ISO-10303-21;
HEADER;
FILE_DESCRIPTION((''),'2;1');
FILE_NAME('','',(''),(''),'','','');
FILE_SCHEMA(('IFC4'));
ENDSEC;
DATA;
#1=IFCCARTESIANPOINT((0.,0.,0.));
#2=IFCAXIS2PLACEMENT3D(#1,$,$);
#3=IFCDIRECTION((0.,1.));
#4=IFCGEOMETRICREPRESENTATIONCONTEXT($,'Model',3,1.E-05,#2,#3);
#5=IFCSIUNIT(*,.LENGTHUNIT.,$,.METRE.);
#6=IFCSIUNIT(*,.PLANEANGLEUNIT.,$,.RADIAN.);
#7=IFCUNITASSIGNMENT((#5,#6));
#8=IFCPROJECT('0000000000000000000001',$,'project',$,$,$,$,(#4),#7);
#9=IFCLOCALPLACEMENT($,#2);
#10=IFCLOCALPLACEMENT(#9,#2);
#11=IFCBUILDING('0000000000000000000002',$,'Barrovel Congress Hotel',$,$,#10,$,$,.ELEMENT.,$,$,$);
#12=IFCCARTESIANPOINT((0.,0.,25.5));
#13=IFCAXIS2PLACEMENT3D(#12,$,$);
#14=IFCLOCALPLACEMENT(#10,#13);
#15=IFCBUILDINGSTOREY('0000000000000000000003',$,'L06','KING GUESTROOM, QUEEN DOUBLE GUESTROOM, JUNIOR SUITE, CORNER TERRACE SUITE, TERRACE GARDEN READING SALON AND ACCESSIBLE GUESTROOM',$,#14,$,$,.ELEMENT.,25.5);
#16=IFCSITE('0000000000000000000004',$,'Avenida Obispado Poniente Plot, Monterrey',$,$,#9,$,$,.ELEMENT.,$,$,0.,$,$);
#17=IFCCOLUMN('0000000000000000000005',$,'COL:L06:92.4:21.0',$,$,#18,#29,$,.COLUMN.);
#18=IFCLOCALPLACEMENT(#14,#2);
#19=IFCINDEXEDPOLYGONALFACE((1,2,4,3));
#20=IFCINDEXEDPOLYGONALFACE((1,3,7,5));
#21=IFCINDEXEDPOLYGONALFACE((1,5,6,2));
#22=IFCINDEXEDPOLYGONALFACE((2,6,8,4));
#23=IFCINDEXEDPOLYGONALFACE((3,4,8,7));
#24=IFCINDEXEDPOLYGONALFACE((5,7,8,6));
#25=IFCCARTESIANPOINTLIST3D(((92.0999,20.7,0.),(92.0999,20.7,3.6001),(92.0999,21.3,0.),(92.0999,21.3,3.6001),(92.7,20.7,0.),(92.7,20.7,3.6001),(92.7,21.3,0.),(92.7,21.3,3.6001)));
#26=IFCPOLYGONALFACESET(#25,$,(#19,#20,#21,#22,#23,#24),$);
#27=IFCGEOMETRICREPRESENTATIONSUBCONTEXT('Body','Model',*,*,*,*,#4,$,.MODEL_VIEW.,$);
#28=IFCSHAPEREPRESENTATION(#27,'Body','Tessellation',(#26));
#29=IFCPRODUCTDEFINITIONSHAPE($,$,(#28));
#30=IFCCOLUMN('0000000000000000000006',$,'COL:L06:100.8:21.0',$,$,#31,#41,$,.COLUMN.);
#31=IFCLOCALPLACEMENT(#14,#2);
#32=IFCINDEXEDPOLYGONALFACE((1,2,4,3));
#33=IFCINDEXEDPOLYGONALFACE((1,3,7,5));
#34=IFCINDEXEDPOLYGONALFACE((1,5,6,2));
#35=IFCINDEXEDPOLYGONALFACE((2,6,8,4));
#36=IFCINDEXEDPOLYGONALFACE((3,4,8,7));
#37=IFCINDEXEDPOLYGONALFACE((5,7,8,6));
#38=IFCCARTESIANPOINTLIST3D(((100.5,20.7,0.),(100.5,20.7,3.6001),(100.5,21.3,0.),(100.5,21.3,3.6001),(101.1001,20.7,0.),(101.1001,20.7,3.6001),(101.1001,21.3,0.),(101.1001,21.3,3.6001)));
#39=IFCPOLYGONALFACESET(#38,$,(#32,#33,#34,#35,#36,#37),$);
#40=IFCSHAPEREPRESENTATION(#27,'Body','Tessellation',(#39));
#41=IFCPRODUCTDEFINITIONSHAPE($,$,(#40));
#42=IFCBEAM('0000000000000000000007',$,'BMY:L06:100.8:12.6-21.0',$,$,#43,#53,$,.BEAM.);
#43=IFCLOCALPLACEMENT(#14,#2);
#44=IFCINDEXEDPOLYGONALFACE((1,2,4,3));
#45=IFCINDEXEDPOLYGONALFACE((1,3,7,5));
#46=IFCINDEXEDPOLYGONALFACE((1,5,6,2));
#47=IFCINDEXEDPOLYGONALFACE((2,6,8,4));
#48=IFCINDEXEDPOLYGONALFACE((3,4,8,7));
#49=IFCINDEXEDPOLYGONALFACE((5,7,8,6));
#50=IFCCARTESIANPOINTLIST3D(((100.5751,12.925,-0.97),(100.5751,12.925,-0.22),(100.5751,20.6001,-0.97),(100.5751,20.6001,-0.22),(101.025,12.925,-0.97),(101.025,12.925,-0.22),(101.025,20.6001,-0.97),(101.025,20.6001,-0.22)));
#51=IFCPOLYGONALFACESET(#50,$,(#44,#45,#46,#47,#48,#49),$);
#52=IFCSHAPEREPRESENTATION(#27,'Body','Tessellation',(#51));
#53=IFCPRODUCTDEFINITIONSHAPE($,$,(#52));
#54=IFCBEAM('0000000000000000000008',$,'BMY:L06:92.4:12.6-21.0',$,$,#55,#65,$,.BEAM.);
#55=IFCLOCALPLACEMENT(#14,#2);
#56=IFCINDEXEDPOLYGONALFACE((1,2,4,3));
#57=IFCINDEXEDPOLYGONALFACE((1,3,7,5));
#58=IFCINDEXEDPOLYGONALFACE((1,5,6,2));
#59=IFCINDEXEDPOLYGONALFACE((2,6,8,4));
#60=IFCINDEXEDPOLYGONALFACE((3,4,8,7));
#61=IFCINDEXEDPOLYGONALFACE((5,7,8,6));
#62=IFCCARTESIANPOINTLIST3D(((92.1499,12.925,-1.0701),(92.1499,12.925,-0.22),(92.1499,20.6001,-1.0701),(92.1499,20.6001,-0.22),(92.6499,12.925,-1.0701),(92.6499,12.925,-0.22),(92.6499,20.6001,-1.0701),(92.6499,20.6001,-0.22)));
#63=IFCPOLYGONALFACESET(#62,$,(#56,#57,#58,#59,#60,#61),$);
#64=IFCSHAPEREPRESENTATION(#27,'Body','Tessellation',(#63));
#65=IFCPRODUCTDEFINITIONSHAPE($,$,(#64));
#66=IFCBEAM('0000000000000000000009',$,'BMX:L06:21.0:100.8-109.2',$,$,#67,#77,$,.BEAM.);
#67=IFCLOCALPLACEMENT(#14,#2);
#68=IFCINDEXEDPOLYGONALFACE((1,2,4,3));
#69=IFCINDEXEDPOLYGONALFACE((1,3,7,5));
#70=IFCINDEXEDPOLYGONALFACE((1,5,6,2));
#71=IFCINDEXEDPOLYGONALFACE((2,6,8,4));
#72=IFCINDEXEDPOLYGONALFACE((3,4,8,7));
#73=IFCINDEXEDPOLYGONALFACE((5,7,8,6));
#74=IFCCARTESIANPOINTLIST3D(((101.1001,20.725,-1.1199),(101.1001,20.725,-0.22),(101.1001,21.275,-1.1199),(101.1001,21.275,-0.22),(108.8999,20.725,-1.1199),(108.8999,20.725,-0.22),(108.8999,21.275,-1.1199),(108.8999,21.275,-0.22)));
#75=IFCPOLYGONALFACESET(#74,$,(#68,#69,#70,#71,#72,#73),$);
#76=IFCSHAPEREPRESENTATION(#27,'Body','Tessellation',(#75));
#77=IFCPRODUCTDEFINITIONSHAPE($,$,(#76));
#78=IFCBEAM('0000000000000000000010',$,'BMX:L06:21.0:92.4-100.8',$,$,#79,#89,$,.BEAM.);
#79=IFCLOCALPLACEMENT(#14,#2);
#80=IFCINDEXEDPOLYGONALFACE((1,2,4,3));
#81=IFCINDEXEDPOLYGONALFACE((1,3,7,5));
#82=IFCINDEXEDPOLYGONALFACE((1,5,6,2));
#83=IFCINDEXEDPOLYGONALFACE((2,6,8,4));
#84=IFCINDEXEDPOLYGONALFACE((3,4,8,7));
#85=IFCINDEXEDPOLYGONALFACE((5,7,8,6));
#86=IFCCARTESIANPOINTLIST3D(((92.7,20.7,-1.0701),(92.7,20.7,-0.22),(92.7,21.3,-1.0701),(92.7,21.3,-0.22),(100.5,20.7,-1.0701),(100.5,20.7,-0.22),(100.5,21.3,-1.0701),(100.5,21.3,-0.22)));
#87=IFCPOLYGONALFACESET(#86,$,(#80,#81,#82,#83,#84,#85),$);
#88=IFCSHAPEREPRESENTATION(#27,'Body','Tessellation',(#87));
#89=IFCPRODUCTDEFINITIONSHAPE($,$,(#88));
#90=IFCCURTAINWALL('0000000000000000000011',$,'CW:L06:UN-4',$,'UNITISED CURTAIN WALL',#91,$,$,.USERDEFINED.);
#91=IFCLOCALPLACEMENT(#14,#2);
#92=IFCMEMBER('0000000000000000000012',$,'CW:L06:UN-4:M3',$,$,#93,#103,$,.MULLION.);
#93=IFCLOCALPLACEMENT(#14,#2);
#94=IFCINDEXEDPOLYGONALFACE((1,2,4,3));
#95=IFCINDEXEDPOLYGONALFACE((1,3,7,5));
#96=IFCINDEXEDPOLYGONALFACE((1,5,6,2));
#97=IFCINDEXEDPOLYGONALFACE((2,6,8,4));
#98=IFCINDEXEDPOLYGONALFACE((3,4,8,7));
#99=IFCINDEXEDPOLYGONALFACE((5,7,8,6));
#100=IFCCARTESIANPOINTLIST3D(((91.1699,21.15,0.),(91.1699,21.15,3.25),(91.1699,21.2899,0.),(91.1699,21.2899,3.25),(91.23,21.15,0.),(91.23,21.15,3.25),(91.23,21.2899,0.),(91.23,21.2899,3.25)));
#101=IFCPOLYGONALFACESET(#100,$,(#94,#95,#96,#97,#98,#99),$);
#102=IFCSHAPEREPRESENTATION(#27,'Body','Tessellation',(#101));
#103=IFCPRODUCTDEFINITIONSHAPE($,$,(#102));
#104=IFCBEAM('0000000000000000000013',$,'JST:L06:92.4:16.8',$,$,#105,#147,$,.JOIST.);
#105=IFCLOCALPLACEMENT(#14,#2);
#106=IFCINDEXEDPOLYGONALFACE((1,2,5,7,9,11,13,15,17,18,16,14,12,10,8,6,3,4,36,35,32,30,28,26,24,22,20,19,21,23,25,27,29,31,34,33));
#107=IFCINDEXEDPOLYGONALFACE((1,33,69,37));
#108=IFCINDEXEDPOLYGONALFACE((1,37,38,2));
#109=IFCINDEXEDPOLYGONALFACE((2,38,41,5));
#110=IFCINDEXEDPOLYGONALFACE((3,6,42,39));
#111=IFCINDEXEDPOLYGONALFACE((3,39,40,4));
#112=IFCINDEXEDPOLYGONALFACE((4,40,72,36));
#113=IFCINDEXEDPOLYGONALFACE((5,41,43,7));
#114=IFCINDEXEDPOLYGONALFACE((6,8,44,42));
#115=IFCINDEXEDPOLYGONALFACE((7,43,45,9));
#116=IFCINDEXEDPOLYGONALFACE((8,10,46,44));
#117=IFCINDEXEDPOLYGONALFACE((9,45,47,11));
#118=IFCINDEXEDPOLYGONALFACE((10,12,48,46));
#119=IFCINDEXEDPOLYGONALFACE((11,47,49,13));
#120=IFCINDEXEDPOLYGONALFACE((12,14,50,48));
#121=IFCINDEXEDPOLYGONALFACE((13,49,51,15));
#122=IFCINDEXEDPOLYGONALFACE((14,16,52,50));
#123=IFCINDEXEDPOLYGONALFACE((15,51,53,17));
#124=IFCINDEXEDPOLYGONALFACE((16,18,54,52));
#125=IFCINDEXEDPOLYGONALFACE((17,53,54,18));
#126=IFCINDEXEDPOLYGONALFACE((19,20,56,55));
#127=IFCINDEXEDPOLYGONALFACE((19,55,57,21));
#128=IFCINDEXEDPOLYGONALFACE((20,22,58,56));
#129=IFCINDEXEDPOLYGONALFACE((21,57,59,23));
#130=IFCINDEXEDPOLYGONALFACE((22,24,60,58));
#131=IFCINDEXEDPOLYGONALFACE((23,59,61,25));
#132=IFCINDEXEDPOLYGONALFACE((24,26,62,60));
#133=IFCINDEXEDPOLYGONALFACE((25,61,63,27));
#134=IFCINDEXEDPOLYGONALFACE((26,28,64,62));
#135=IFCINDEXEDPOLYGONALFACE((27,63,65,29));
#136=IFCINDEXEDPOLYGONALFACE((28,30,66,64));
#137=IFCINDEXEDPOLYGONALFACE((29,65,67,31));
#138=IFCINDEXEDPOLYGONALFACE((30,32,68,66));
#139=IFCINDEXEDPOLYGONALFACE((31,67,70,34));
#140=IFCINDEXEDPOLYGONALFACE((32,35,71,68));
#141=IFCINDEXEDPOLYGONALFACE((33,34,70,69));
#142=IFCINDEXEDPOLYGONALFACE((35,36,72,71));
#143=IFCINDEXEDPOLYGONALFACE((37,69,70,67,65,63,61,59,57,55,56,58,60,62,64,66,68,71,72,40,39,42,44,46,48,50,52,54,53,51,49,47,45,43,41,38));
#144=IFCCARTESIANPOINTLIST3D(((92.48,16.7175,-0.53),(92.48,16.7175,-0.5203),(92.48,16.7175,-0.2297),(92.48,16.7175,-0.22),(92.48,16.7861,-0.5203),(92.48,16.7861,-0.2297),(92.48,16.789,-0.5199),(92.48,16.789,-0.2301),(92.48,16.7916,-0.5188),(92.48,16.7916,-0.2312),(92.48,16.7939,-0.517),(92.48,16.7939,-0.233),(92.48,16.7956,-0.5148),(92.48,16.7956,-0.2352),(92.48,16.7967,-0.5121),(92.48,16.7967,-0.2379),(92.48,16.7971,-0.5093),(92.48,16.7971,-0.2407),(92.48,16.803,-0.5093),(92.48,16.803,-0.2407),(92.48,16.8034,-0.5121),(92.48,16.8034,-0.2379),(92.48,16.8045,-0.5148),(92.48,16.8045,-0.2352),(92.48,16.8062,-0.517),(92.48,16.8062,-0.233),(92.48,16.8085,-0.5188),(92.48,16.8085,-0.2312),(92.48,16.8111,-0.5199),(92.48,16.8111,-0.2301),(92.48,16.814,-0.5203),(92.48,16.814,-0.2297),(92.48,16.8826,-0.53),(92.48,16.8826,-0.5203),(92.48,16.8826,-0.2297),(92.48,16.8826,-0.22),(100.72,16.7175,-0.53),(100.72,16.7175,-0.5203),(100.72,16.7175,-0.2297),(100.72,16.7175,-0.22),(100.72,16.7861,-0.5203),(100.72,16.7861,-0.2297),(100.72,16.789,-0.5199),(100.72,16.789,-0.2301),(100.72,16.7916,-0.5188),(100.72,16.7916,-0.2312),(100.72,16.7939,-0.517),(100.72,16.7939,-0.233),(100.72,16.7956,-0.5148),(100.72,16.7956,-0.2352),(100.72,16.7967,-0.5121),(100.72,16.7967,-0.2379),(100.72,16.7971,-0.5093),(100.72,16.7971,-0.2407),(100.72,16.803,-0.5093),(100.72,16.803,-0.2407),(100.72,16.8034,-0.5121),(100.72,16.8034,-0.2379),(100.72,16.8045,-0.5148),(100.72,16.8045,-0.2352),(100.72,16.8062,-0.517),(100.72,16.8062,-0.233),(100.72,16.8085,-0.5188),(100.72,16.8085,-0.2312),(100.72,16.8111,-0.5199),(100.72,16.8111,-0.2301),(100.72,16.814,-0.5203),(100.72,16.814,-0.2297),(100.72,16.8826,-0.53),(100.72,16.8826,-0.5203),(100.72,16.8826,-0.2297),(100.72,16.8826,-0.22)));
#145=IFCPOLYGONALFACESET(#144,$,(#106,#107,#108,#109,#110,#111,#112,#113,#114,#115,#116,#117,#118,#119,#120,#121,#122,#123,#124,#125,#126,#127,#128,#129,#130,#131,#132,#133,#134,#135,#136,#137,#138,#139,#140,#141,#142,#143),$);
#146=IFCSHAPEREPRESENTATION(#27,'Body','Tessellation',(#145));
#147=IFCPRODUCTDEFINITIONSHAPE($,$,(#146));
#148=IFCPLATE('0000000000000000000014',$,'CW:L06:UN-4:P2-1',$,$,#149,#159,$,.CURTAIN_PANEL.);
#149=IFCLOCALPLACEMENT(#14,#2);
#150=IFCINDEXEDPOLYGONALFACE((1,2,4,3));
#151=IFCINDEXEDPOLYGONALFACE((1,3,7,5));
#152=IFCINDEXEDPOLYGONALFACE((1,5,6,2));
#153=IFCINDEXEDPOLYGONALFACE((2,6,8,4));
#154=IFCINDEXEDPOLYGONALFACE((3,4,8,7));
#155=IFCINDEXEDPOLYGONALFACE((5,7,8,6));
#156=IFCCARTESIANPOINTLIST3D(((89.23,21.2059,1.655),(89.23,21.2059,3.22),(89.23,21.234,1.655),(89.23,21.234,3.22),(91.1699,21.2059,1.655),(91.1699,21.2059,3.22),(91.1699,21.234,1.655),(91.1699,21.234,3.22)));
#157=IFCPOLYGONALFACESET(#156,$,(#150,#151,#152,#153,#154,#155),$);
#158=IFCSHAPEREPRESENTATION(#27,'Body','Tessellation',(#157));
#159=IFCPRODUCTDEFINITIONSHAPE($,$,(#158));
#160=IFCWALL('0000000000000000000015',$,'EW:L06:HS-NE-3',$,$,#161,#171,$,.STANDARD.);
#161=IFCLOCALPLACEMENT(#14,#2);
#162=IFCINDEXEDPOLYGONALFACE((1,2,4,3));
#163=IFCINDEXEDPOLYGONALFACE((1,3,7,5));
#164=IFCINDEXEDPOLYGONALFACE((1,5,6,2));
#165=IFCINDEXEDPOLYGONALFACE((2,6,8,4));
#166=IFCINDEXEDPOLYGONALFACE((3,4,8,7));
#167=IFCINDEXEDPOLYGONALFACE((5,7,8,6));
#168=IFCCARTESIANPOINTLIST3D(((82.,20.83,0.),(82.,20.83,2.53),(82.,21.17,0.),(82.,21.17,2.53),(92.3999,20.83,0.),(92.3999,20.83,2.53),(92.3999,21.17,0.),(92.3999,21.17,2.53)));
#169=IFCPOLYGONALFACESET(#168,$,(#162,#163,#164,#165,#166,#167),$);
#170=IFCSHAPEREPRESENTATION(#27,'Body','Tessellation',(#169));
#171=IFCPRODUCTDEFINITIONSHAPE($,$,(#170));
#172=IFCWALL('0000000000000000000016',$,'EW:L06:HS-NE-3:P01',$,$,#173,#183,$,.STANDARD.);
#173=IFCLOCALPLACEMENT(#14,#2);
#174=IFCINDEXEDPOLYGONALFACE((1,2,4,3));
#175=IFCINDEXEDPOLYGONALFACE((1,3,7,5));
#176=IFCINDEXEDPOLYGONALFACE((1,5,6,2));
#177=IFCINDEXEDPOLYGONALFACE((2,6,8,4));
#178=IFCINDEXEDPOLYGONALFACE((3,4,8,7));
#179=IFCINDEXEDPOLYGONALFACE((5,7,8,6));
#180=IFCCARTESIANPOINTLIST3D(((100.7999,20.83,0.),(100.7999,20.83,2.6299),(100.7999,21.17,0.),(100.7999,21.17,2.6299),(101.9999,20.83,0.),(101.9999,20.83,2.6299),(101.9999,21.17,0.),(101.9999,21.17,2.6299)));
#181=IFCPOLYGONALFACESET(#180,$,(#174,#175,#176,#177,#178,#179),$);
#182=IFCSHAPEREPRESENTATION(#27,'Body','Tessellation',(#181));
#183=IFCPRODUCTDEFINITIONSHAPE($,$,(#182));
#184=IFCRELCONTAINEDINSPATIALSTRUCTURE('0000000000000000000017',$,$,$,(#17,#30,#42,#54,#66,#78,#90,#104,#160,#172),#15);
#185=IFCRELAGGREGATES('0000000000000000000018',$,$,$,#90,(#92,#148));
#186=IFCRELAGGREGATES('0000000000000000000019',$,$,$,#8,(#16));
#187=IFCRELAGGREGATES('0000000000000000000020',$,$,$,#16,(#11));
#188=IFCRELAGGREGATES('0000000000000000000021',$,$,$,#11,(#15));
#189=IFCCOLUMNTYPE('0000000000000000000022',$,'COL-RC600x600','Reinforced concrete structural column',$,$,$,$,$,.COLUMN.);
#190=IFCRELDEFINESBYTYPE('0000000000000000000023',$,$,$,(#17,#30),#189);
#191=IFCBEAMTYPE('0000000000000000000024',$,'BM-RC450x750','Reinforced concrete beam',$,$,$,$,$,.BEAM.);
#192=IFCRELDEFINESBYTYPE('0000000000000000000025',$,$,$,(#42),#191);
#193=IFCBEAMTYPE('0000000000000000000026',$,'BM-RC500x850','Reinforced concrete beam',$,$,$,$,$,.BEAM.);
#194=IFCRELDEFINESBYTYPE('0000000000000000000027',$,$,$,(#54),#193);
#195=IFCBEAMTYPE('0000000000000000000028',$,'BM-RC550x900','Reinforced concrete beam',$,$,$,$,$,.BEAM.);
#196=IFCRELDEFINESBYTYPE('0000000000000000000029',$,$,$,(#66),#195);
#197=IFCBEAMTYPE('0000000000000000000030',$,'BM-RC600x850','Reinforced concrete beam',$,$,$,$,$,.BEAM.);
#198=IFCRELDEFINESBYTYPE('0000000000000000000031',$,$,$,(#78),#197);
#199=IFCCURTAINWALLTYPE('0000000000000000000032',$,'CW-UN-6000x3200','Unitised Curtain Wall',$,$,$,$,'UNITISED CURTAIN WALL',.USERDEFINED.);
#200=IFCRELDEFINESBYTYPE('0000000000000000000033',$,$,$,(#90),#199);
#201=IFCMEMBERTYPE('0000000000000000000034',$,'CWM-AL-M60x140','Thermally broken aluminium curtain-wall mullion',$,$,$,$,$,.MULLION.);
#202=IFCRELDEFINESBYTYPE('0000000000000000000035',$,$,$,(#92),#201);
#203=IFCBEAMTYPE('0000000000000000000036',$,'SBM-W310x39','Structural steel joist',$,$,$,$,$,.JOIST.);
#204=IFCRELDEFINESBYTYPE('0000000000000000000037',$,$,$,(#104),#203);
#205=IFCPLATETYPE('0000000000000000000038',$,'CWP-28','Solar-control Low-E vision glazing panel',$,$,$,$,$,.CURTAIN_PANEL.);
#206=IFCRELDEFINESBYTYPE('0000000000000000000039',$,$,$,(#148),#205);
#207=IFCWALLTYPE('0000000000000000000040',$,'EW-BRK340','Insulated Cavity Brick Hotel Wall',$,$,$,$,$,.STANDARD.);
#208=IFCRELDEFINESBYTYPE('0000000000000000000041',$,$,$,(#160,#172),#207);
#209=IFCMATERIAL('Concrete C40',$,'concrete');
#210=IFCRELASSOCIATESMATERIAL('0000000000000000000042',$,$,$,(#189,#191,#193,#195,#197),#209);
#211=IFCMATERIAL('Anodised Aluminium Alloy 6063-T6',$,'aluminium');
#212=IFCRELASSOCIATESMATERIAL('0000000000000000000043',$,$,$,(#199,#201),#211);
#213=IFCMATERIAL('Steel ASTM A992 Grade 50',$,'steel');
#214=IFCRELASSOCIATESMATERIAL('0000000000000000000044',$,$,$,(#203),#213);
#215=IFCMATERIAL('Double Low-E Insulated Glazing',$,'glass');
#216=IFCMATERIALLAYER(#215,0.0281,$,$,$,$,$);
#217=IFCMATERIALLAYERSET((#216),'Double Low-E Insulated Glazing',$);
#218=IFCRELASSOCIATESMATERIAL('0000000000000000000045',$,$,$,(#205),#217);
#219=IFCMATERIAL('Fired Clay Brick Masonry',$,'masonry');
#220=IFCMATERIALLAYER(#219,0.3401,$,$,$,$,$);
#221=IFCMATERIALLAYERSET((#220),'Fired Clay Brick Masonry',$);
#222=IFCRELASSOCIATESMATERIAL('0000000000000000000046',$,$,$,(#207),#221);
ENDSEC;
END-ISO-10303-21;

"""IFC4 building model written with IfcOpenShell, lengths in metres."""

from ifc_helpers import new_model, si_unit, direction, frame, frame_2d, origin, origin_2d, place, context, subcontext, project, spatial, rectangle, i_section, extrude, material, layer, layer_set, material_profile, profile_set, type_object, element, aggregate, save


model = new_model("IFC4")

# Units and contexts
model_context = context("Model", 3, precision=1e-05, world=origin(), true_north=direction((0.0, 1.0)))
body_context = subcontext(model_context, "Body", "Model", "MODEL_VIEW")
ifc_project = project(units=[si_unit("LENGTHUNIT", "METRE"), si_unit("PLANEANGLEUNIT", "RADIAN")], contexts=[model_context])

# Site, building, storey
site_placement = place(None, origin())
site = spatial("IfcSite", under=ifc_project, at=site_placement, Name="Avenida Obispado Poniente Plot, Monterrey", CompositionType="ELEMENT", RefElevation=0.0)
building_placement = place(site_placement, origin())
building = spatial("IfcBuilding", under=site, at=building_placement, Name="Barrovel Congress Hotel", CompositionType="ELEMENT")
storey_placement = place(building_placement, frame((0.0, 0.0, 25.5)))
storey = spatial("IfcBuildingStorey", under=building, at=storey_placement, Name="L06", Description="KING GUESTROOM, QUEEN DOUBLE GUESTROOM, JUNIOR SUITE, CORNER TERRACE SUITE, TERRACE GARDEN READING SALON AND ACCESSIBLE GUESTROOM", CompositionType="ELEMENT", Elevation=25.5)

# Columns
ifc_material_1 = material(Name="Concrete C40", Category="concrete")
ifc_material_profile_1 = material_profile(ifc_material_1, rectangle(XDim=0.6001, YDim=0.6001, at=origin_2d()), Name="RC600x600")
ifc_profile_set_1 = profile_set([ifc_material_profile_1], Name="Concrete C40")
column_type = type_object("IfcColumnType", Name="COL-RC600x600", Description="Reinforced concrete structural column", PredefinedType="COLUMN", material=ifc_profile_set_1)
for number, where, z_axis, x_axis, name in (
    (1, (92.3999, 21.0, 0.0), (0.0, 0.0, 1.0), (1.0, 0.0, 0.0), "COL:L06:92.4:21.0"),
    (2, (100.8, 21.0, 0.0), (0.0, 0.0, 1.0), (1.0, 0.0, 0.0), "COL:L06:100.8:21.0"),
):
    element("IfcColumn", number, at=place(storey_placement, frame(where, z_axis=z_axis, x_axis=x_axis)), inside=storey, type_object=column_type, Name=name, PredefinedType="COLUMN", context=body_context, shape_type="SweptSolid", body=[
        extrude(rectangle(XDim=0.6001, YDim=0.6001, at=origin_2d()), origin(), (0.0, 0.0, 1.0), 3.6001),
    ])

# Beams
ifc_material_profile_2 = material_profile(ifc_material_1, rectangle(XDim=0.45, YDim=0.75, at=origin_2d()), Name="RC450x750")
ifc_profile_set_2 = profile_set([ifc_material_profile_2], Name="Concrete C40")
beam_type_1 = type_object("IfcBeamType", Name="BM-RC450x750", Description="Reinforced concrete beam", PredefinedType="BEAM", material=ifc_profile_set_2)
beam_1_placement = place(storey_placement, frame((100.8, 12.925, -0.595), z_axis=(0.0, 1.0, 0.0), x_axis=(-1.0, 0.0, 0.0)))
element("IfcBeam", 3, at=beam_1_placement, inside=storey, type_object=beam_type_1, Name="BMY:L06:100.8:12.6-21.0", PredefinedType="BEAM", context=body_context, shape_type="SweptSolid", body=[
    extrude(rectangle(XDim=0.45, YDim=0.75, at=origin_2d()), origin(), (0.0, 0.0, 1.0), 7.675),
])
ifc_material_profile_3 = material_profile(ifc_material_1, rectangle(XDim=0.5, YDim=0.8501, at=origin_2d()), Name="RC500x850")
ifc_profile_set_3 = profile_set([ifc_material_profile_3], Name="Concrete C40")
beam_type_2 = type_object("IfcBeamType", Name="BM-RC500x850", Description="Reinforced concrete beam", PredefinedType="BEAM", material=ifc_profile_set_3)
beam_2_placement = place(storey_placement, frame((92.3999, 12.925, -0.645), z_axis=(0.0, 1.0, 0.0), x_axis=(-1.0, 0.0, 0.0)))
element("IfcBeam", 4, at=beam_2_placement, inside=storey, type_object=beam_type_2, Name="BMY:L06:92.4:12.6-21.0", PredefinedType="BEAM", context=body_context, shape_type="SweptSolid", body=[
    extrude(rectangle(XDim=0.5, YDim=0.8501, at=origin_2d()), origin(), (0.0, 0.0, 1.0), 7.675),
])
ifc_material_profile_4 = material_profile(ifc_material_1, rectangle(XDim=0.55, YDim=0.8999, at=origin_2d()), Name="RC550x900")
ifc_profile_set_4 = profile_set([ifc_material_profile_4], Name="Concrete C40")
beam_type_3 = type_object("IfcBeamType", Name="BM-RC550x900", Description="Reinforced concrete beam", PredefinedType="BEAM", material=ifc_profile_set_4)
beam_3_placement = place(storey_placement, frame((101.1001, 21.0, -0.6699), z_axis=(1.0, 0.0, 0.0), x_axis=(0.0, 1.0, 0.0)))
element("IfcBeam", 5, at=beam_3_placement, inside=storey, type_object=beam_type_3, Name="BMX:L06:21.0:100.8-109.2", PredefinedType="BEAM", context=body_context, shape_type="SweptSolid", body=[
    extrude(rectangle(XDim=0.55, YDim=0.8999, at=origin_2d()), origin(), (0.0, 0.0, 1.0), 7.7998),
])
ifc_material_profile_5 = material_profile(ifc_material_1, rectangle(XDim=0.6001, YDim=0.8501, at=origin_2d()), Name="RC600x850")
ifc_profile_set_5 = profile_set([ifc_material_profile_5], Name="Concrete C40")
beam_type_4 = type_object("IfcBeamType", Name="BM-RC600x850", Description="Reinforced concrete beam", PredefinedType="BEAM", material=ifc_profile_set_5)
beam_4_placement = place(storey_placement, frame((92.7, 21.0, -0.645), z_axis=(1.0, 0.0, 0.0), x_axis=(0.0, 1.0, 0.0)))
element("IfcBeam", 6, at=beam_4_placement, inside=storey, type_object=beam_type_4, Name="BMX:L06:21.0:92.4-100.8", PredefinedType="BEAM", context=body_context, shape_type="SweptSolid", body=[
    extrude(rectangle(XDim=0.6001, YDim=0.8501, at=origin_2d()), origin(), (0.0, 0.0, 1.0), 7.8),
])

# Curtain wall, member
ifc_material_2 = material(Name="Anodised Aluminium Alloy 6063-T6", Category="aluminium")
curtain_wall_type = type_object("IfcCurtainWallType", Name="CW-UN-6000x3200", Description="Unitised Curtain Wall", ElementType="UNITISED CURTAIN WALL", PredefinedType="USERDEFINED", material=ifc_material_2)
curtain_wall_placement = place(storey_placement, origin())
curtain_wall = element("IfcCurtainWall", 7, at=curtain_wall_placement, inside=storey, type_object=curtain_wall_type, Name="CW:L06:UN-4", ObjectType="UNITISED CURTAIN WALL", PredefinedType="USERDEFINED")
ifc_material_profile_6 = material_profile(ifc_material_2, rectangle(XDim=0.0601, YDim=0.1399, at=origin_2d()), Name="AL-M60x140")
ifc_profile_set_6 = profile_set([ifc_material_profile_6], Name="Anodised Aluminium Alloy 6063-T6")
member_type = type_object("IfcMemberType", Name="CWM-AL-M60x140", Description="Thermally broken aluminium curtain-wall mullion", PredefinedType="MULLION", material=ifc_profile_set_6)
member_placement = place(storey_placement, frame((91.2, 21.22, 0.0), z_axis=(0.0, 0.0, 1.0), x_axis=(1.0, 0.0, 0.0)))
member = element("IfcMember", 8, at=member_placement, type_object=member_type, Name="CW:L06:UN-4:M3", PredefinedType="MULLION", context=body_context, shape_type="SweptSolid", body=[
    extrude(rectangle(XDim=0.0601, YDim=0.1399, at=origin_2d()), origin(), (0.0, 0.0, 1.0), 3.25),
])

# Beam
ifc_material_3 = material(Name="Steel ASTM A992 Grade 50", Category="steel")
ifc_material_profile_7 = material_profile(ifc_material_3, i_section(OverallWidth=0.165, OverallDepth=0.3101, WebThickness=0.0059, FlangeThickness=0.0098, FilletRadius=0.011, at=origin_2d()), Name="W310x39")
ifc_profile_set_7 = profile_set([ifc_material_profile_7], Name="Steel ASTM A992 Grade 50")
beam_type_5 = type_object("IfcBeamType", Name="SBM-W310x39", Description="Structural steel joist", PredefinedType="JOIST", material=ifc_profile_set_7)
beam_5_placement = place(storey_placement, frame((92.48, 16.8, -0.375), z_axis=(1.0, 0.0, 0.0), x_axis=(0.0, 1.0, 0.0)))
element("IfcBeam", 9, at=beam_5_placement, inside=storey, type_object=beam_type_5, Name="JST:L06:92.4:16.8", PredefinedType="JOIST", context=body_context, shape_type="SweptSolid", body=[
    extrude(i_section(OverallWidth=0.165, OverallDepth=0.3101, WebThickness=0.0059, FlangeThickness=0.0098, FilletRadius=0.011, at=origin_2d()), origin(), (0.0, 0.0, 1.0), 8.24),
])

# Plate
ifc_material_4 = material(Name="Double Low-E Insulated Glazing", Category="glass")
ifc_layer_1 = layer(ifc_material_4, 0.0281)
ifc_layer_set_1 = layer_set([ifc_layer_1], Name="Double Low-E Insulated Glazing")
plate_type = type_object("IfcPlateType", Name="CWP-28", Description="Solar-control Low-E vision glazing panel", PredefinedType="CURTAIN_PANEL", material=ifc_layer_set_1)
plate_placement = place(storey_placement, frame((90.2, 21.22, 1.655), z_axis=(0.0, 0.0, 1.0), x_axis=(1.0, 0.0, 0.0)))
plate = element("IfcPlate", 10, at=plate_placement, type_object=plate_type, Name="CW:L06:UN-4:P2-1", PredefinedType="CURTAIN_PANEL", context=body_context, shape_type="SweptSolid", body=[
    extrude(rectangle(XDim=1.9399, YDim=0.0281, at=origin_2d()), origin(), (0.0, 0.0, 1.0), 1.5649),
])
aggregate(curtain_wall, [member, plate])

# Walls
ifc_material_5 = material(Name="Fired Clay Brick Masonry", Category="masonry")
ifc_layer_2 = layer(ifc_material_5, 0.3401)
ifc_layer_set_2 = layer_set([ifc_layer_2], Name="Fired Clay Brick Masonry")
wall_type_1 = type_object("IfcWallType", Name="EW-BRK340", Description="Insulated Cavity Brick Hotel Wall", PredefinedType="STANDARD", material=ifc_layer_set_2)
wall_1_placement = place(storey_placement, frame((92.3999, 21.0, 0.0), z_axis=(0.0, 0.0, 1.0), x_axis=(-1.0, 0.0, 0.0)))
element("IfcWall", 11, at=wall_1_placement, inside=storey, type_object=wall_type_1, Name="EW:L06:HS-NE-3", PredefinedType="STANDARD", context=body_context, shape_type="SweptSolid", body=[
    extrude(rectangle(XDim=10.3999, YDim=0.3401, at=frame_2d((5.2, 0.0))), origin(), (0.0, 0.0, 1.0), 2.53),
])
wall_2_placement = place(storey_placement, frame((102.0, 21.0, 0.0), z_axis=(0.0, 0.0, 1.0), x_axis=(-1.0, 0.0, 0.0)))
element("IfcWall", 12, at=wall_2_placement, inside=storey, type_object=wall_type_1, Name="EW:L06:HS-NE-3:P01", PredefinedType="STANDARD", context=body_context, shape_type="SweptSolid", body=[
    extrude(rectangle(XDim=1.2, YDim=0.3401, at=frame_2d((0.6001, 0.0))), origin(), (0.0, 0.0, 1.0), 2.6299),
])

save(model, "model.ifc")
